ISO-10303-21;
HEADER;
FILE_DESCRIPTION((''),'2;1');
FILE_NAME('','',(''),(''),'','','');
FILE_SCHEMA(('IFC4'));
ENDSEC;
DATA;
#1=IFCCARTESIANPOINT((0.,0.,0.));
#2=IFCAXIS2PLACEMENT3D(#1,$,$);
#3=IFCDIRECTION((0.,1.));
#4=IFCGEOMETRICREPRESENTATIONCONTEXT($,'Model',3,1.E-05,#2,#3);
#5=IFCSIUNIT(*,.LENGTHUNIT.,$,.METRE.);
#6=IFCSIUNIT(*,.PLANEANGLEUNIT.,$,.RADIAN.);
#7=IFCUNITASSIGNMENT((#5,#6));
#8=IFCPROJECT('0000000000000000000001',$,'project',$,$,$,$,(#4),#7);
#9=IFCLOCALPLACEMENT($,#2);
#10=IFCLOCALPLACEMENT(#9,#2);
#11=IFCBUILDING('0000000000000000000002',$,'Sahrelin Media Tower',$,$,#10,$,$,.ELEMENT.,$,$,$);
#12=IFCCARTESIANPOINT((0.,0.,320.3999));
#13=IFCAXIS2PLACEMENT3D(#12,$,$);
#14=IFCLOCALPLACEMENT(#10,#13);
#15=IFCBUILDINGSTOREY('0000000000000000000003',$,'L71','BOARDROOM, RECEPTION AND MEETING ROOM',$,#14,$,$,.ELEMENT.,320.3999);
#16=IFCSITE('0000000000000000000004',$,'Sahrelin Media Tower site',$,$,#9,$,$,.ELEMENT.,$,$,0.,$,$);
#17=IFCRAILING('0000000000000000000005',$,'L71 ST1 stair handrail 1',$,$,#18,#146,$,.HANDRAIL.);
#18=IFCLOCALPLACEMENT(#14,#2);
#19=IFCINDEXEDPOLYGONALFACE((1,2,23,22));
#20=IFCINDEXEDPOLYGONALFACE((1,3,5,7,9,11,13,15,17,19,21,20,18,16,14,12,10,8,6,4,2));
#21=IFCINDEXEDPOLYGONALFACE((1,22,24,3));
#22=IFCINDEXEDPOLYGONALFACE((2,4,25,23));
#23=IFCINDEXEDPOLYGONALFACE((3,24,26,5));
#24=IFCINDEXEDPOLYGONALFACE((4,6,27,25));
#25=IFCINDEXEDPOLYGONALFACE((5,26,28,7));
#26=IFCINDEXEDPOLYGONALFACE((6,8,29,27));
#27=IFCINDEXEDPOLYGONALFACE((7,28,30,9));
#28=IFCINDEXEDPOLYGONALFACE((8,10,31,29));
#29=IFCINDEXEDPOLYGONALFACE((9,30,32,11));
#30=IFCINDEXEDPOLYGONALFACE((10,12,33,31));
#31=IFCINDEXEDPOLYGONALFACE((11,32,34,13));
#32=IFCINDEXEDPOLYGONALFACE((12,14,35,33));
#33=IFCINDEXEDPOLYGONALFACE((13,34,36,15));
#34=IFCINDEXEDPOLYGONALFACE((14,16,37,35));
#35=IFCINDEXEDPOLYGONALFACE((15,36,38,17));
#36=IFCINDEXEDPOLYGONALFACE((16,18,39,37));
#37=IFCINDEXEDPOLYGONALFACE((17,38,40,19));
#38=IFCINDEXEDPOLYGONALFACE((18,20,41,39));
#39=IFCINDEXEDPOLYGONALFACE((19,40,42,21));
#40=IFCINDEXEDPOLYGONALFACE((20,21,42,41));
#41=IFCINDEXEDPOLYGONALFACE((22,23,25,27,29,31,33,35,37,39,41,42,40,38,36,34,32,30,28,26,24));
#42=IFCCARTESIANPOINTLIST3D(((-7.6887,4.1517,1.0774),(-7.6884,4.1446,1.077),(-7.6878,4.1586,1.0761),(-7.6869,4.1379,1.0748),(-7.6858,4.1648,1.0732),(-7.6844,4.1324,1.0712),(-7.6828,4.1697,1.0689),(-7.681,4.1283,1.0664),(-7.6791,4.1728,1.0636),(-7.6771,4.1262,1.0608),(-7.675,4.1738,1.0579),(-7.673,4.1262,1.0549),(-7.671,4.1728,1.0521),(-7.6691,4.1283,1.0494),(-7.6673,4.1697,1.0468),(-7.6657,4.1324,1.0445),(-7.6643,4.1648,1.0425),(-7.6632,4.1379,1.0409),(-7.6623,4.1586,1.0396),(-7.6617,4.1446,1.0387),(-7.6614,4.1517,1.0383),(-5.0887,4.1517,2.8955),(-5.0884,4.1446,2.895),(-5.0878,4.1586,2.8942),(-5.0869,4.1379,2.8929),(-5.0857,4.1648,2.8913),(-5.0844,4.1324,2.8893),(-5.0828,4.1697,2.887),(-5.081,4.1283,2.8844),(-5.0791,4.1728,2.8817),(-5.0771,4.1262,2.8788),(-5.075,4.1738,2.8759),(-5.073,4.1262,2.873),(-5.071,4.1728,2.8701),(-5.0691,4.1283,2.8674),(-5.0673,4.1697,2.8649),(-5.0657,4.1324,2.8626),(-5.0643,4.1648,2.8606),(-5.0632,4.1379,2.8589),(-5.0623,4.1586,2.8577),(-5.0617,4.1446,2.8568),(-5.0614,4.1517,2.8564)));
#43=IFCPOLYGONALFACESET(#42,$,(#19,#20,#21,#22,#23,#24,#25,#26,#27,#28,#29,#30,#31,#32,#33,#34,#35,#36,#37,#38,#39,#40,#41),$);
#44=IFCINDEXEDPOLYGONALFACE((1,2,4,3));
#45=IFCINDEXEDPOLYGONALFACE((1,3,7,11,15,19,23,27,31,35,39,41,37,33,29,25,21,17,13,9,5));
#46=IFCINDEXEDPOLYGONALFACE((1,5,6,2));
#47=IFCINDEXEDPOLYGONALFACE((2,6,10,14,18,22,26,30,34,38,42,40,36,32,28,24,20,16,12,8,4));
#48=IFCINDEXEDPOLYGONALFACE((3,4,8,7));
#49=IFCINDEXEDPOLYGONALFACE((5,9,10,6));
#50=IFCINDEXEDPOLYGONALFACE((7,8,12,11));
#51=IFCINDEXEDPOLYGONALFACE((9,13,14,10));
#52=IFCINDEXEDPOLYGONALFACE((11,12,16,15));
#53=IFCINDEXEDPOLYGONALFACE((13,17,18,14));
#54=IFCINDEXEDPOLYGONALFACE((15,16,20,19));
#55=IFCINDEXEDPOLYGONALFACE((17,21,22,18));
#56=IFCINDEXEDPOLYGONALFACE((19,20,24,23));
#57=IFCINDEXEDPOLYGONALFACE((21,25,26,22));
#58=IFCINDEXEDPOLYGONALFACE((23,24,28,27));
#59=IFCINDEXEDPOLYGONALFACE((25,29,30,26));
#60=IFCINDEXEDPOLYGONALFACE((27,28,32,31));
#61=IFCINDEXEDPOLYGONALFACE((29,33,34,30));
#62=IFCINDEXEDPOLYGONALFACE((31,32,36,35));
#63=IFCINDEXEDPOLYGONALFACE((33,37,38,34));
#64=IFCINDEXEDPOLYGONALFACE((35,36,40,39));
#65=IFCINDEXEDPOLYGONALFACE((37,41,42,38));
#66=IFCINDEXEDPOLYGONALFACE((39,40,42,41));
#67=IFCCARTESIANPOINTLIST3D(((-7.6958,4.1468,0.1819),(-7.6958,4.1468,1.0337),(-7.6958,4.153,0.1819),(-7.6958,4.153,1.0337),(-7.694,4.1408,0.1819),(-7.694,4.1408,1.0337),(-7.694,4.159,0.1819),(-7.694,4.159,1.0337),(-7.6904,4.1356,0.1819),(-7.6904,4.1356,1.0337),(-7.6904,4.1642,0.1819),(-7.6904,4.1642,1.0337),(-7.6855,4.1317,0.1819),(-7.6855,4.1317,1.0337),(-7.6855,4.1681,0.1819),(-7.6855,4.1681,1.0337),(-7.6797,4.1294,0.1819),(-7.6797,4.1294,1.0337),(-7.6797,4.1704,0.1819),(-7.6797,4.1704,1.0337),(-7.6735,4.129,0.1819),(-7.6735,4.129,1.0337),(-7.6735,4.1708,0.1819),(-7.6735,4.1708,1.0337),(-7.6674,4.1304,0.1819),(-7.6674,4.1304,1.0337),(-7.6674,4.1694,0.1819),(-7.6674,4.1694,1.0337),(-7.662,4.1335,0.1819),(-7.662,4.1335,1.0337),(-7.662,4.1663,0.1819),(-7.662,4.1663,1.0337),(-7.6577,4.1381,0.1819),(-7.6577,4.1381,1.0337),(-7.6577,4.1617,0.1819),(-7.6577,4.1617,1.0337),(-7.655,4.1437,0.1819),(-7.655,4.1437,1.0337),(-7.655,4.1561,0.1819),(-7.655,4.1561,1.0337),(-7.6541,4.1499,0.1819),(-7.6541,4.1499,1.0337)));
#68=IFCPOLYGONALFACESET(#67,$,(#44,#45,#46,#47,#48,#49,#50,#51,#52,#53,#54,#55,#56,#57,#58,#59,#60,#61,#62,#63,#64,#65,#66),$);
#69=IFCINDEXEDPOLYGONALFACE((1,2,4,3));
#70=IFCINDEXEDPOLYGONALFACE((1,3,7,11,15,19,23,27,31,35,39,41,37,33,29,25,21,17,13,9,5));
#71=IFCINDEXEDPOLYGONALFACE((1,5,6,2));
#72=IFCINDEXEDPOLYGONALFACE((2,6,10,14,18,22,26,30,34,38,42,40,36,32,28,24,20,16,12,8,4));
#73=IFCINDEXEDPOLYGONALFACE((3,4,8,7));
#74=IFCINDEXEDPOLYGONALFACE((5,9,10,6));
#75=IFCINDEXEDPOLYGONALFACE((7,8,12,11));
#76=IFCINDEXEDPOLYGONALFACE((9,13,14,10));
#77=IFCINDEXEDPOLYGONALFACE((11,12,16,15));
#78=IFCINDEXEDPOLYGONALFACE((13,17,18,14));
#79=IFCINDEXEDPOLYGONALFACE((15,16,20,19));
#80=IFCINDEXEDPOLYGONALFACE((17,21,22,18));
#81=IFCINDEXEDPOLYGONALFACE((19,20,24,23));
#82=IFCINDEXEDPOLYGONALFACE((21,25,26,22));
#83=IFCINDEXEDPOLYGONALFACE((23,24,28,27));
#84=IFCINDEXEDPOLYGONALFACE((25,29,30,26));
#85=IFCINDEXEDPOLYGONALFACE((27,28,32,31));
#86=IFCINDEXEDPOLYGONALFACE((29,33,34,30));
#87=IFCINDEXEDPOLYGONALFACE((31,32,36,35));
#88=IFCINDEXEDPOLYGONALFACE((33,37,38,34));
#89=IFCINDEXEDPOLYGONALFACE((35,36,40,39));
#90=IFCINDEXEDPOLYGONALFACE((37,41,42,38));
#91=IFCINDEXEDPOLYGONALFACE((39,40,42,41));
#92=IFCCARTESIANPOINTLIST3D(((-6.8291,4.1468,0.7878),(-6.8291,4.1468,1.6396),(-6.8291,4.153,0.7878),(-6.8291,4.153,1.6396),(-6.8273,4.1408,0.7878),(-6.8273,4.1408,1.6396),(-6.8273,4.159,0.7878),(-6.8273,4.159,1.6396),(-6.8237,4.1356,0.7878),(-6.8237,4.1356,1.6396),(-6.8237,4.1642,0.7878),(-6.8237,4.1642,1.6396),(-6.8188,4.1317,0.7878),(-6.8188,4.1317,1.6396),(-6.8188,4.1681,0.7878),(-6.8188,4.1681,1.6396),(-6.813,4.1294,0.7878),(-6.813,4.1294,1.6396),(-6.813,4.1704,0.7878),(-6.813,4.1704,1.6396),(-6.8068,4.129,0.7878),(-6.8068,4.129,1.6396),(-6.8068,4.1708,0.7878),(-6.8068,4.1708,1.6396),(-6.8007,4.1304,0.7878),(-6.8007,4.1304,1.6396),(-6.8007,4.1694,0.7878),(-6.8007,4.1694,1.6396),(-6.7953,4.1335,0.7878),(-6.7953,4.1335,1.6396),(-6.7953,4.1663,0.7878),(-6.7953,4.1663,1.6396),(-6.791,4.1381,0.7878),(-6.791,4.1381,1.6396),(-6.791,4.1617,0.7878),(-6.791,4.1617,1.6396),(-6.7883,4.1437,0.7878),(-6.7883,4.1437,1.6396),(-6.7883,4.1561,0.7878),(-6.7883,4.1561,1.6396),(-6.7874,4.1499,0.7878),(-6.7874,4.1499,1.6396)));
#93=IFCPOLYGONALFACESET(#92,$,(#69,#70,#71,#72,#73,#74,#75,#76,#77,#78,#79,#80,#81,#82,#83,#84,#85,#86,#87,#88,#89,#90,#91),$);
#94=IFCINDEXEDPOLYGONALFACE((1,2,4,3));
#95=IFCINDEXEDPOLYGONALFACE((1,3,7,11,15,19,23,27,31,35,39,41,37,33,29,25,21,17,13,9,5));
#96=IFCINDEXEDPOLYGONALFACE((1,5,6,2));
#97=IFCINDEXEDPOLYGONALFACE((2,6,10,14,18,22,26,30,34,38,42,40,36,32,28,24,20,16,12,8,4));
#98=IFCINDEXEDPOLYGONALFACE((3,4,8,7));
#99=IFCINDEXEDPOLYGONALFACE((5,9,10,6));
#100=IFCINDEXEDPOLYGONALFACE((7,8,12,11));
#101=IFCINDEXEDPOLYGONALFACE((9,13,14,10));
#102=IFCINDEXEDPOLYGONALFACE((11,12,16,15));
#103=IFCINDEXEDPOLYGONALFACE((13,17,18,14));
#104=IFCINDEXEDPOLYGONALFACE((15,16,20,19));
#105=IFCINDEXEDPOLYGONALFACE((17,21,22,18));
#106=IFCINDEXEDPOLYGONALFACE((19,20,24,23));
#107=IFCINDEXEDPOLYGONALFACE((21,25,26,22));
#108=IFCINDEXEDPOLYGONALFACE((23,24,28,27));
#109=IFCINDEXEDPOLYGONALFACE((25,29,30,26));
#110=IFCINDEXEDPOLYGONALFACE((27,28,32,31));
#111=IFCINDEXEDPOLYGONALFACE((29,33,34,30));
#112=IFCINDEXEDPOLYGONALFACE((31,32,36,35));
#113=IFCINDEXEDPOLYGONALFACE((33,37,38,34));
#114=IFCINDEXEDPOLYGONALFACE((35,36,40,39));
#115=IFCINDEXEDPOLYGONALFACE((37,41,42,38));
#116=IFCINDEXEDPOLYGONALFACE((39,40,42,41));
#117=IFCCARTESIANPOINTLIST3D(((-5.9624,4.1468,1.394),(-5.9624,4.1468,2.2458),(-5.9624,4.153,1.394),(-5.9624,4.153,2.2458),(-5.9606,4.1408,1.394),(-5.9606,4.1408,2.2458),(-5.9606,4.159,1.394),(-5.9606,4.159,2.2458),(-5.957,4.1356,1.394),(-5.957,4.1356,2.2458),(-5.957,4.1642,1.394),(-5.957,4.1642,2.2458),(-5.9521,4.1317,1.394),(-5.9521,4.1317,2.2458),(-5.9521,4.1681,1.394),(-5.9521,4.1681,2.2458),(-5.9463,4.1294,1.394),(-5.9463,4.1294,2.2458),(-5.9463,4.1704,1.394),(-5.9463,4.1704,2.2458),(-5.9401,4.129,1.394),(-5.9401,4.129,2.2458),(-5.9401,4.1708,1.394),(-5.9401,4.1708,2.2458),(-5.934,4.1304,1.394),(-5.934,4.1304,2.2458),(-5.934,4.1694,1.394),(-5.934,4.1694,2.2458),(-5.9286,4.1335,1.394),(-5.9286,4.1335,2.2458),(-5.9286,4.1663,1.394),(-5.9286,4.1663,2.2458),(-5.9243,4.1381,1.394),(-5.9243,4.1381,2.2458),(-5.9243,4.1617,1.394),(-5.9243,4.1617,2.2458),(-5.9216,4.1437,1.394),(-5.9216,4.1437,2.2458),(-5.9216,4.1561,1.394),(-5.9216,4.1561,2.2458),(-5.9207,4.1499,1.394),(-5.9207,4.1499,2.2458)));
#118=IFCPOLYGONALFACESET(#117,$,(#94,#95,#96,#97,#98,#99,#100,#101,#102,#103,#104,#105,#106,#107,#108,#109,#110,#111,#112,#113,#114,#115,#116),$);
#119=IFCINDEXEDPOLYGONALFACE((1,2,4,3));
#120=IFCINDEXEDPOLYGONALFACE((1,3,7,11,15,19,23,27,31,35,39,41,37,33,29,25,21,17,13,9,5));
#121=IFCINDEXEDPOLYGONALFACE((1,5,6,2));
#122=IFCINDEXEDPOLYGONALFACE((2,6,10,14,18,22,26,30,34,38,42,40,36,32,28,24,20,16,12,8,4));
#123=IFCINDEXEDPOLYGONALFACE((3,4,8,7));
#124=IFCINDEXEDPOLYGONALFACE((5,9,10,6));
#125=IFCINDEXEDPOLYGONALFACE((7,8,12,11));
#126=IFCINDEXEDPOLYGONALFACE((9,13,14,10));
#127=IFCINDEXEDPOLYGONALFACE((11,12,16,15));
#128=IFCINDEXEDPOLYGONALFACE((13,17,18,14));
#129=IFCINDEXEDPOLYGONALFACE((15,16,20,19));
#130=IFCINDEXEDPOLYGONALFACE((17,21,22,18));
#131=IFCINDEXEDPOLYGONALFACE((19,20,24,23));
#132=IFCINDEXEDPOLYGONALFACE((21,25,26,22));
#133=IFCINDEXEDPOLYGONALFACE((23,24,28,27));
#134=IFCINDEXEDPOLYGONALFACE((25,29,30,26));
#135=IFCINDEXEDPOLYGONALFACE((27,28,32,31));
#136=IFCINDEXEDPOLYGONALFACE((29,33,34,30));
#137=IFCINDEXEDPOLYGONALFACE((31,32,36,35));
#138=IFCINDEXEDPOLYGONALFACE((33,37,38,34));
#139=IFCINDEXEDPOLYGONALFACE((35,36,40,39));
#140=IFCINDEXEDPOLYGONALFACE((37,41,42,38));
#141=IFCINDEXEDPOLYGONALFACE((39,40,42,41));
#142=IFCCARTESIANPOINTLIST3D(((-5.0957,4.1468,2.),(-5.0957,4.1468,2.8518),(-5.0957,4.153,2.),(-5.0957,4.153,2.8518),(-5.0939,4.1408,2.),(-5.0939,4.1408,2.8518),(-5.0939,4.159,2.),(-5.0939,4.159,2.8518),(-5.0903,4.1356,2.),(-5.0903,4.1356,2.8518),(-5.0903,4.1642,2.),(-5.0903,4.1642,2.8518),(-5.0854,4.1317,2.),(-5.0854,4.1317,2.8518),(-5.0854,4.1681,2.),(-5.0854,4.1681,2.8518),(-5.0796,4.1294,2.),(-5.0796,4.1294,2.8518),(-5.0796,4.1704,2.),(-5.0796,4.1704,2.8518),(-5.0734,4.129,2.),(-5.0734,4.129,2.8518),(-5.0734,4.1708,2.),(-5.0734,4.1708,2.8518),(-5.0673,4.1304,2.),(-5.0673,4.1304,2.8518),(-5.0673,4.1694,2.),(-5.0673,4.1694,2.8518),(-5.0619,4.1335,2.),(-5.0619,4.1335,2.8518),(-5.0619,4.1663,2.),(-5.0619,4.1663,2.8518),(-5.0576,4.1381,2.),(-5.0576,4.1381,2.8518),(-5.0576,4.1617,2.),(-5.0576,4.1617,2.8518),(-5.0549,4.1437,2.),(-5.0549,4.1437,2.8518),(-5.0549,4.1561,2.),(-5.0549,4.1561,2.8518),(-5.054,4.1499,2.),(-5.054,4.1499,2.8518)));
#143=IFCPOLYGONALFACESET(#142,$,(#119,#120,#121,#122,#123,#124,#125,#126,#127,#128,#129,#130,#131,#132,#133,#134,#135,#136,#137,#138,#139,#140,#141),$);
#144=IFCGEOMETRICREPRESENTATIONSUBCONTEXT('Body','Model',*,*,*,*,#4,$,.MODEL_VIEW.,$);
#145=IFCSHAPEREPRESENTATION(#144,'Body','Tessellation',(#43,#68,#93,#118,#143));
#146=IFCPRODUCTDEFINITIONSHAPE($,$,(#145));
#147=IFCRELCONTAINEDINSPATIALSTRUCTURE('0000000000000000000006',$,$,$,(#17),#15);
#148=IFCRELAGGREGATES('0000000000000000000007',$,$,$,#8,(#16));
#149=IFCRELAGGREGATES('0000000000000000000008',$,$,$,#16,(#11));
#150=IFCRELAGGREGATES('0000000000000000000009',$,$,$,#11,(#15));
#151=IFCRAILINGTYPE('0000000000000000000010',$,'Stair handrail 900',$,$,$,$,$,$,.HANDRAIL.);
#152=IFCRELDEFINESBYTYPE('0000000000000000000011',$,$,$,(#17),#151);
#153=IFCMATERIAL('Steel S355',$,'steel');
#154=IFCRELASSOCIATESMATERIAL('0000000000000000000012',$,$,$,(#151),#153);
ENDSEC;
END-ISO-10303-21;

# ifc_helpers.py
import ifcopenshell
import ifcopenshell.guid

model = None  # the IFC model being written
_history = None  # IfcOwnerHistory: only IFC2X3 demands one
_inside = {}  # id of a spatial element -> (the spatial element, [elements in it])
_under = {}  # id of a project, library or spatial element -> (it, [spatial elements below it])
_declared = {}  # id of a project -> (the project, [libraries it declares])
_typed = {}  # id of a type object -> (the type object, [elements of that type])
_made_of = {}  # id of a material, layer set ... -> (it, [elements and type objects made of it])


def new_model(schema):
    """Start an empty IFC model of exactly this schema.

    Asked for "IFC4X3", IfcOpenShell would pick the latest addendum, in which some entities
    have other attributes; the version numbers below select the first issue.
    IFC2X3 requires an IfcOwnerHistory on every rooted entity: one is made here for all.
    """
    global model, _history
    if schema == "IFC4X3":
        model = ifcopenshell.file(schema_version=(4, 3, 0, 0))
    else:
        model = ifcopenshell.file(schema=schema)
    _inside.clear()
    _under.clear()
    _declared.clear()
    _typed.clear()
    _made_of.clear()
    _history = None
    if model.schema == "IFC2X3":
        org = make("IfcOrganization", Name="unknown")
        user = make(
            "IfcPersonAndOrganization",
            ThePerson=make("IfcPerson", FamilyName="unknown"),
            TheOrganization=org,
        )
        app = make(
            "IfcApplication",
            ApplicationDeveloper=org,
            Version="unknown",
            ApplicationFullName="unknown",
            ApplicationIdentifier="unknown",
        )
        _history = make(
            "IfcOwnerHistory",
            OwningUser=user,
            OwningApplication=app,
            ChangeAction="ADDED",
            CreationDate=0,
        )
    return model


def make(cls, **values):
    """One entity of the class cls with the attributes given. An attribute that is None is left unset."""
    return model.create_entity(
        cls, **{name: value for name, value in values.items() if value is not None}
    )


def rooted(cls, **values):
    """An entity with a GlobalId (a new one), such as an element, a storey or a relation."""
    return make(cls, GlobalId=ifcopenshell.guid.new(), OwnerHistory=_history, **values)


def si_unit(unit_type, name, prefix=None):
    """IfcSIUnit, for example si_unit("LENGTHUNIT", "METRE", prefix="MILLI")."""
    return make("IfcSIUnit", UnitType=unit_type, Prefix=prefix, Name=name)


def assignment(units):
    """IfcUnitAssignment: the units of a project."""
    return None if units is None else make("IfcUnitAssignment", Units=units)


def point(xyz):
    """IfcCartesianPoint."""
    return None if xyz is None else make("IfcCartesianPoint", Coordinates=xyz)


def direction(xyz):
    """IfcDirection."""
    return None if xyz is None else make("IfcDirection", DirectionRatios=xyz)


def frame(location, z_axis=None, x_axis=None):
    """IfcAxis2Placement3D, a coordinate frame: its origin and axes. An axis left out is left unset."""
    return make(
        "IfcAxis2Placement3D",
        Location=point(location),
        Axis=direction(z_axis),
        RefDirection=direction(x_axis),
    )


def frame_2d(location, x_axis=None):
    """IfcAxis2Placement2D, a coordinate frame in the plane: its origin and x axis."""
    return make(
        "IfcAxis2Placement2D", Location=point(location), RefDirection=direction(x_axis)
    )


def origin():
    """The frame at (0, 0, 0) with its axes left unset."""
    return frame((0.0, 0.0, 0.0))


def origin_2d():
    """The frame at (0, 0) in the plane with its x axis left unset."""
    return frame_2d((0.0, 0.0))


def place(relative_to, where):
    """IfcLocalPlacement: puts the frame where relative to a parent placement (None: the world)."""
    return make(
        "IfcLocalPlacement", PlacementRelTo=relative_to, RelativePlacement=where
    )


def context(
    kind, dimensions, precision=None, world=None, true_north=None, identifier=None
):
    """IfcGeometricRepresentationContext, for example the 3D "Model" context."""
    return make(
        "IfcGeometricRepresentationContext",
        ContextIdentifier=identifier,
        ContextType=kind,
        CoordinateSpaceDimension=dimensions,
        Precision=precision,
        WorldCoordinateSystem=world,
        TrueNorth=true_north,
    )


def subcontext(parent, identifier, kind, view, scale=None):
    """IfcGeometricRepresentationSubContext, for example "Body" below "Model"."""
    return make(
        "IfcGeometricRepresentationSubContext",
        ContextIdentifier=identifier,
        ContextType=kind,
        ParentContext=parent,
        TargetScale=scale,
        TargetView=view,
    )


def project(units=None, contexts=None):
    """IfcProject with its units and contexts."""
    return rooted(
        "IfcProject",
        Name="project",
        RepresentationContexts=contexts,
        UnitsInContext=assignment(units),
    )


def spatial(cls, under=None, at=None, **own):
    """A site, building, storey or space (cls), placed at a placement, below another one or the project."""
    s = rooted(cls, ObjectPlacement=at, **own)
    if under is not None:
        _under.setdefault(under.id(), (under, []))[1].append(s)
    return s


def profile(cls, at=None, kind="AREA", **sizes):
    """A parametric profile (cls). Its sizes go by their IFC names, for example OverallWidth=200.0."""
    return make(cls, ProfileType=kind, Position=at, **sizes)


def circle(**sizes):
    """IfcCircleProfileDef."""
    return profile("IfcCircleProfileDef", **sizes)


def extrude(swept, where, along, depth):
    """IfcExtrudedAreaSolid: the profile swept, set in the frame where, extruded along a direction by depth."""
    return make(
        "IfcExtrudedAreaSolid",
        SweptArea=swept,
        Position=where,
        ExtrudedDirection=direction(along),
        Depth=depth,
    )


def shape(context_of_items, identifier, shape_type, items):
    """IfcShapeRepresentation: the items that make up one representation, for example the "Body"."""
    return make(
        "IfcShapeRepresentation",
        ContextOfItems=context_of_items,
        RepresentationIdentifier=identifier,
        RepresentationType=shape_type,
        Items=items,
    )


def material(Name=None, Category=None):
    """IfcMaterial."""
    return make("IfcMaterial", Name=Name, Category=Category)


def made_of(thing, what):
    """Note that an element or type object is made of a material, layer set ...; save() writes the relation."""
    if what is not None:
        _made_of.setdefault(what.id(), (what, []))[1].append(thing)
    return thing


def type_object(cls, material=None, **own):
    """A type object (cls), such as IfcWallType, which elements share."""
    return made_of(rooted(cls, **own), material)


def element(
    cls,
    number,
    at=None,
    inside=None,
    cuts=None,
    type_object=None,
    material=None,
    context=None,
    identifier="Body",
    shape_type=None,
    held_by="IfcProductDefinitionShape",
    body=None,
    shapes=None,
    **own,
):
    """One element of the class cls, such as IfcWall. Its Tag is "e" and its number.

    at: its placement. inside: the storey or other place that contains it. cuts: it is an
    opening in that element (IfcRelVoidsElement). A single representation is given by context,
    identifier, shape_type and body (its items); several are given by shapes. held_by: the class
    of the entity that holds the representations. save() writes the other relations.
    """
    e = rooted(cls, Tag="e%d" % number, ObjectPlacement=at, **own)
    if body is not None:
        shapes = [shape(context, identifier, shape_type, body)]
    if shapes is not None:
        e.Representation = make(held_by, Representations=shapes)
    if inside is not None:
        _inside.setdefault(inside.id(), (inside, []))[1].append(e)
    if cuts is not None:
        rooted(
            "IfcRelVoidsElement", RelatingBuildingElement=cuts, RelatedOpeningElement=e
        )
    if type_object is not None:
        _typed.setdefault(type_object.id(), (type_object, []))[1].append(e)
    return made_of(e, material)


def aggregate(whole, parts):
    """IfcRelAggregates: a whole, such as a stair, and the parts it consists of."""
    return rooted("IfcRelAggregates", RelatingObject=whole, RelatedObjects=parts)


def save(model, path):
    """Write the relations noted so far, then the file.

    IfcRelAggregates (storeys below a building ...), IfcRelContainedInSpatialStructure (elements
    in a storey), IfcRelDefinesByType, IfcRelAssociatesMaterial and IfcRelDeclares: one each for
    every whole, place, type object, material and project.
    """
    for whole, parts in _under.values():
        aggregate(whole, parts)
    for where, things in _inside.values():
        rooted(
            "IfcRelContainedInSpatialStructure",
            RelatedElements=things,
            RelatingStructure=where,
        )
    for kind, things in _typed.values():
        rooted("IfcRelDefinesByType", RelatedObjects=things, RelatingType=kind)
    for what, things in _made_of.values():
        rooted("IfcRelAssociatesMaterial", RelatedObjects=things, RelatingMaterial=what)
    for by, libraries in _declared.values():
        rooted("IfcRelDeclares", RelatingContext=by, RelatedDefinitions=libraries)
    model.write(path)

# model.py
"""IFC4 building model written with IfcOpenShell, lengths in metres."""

from ifc_helpers import new_model, si_unit, direction, frame, origin, origin_2d, place, context, subcontext, project, spatial, circle, extrude, material, type_object, element, save


model = new_model("IFC4")

# Units and contexts
model_context = context("Model", 3, precision=1e-05, world=origin(), true_north=direction((0.0, 1.0)))
body_context = subcontext(model_context, "Body", "Model", "MODEL_VIEW")
ifc_project = project(units=[si_unit("LENGTHUNIT", "METRE"), si_unit("PLANEANGLEUNIT", "RADIAN")], contexts=[model_context])

# Site, building, storey
site_placement = place(None, origin())
site = spatial("IfcSite", under=ifc_project, at=site_placement, Name="Sahrelin Media Tower site", CompositionType="ELEMENT", RefElevation=0.0)
building_placement = place(site_placement, origin())
building = spatial("IfcBuilding", under=site, at=building_placement, Name="Sahrelin Media Tower", CompositionType="ELEMENT")
storey_placement = place(building_placement, frame((0.0, 0.0, 320.3999)))
storey = spatial("IfcBuildingStorey", under=building, at=storey_placement, Name="L71", Description="BOARDROOM, RECEPTION AND MEETING ROOM", CompositionType="ELEMENT", Elevation=320.3999)

# Shared definitions
ifc_material_1 = material(Name="Steel S355", Category="steel")

# Railing
railing_type_1 = type_object("IfcRailingType", Name="Stair handrail 900", PredefinedType="HANDRAIL", material=ifc_material_1)
railing_1_placement = place(storey_placement, frame((-7.675, 4.1499, 0.1819)))
element("IfcRailing", 1, at=railing_1_placement, inside=storey, type_object=railing_type_1, Name="L71 ST1 stair handrail 1", PredefinedType="HANDRAIL", context=body_context, shape_type="SweptSolid", body=[
    extrude(circle(Radius=0.0239, at=origin_2d()), frame((0.0, 0.0, 0.876), z_axis=(0.819521, 0.0, 0.573049), x_axis=(0.0, 1.0, 0.0)), (0.0, 0.0, 1.0), 3.1726),
    extrude(circle(Radius=0.021, at=origin_2d()), origin(), (0.0, 0.0, 1.0), 0.8518),
    extrude(circle(Radius=0.021, at=origin_2d()), frame((0.8667, 0.0, 0.606)), (0.0, 0.0, 1.0), 0.8518),
    extrude(circle(Radius=0.021, at=origin_2d()), frame((1.7334, 0.0, 1.2122)), (0.0, 0.0, 1.0), 0.8518),
    extrude(circle(Radius=0.021, at=origin_2d()), frame((2.6001, 0.0, 1.8181)), (0.0, 0.0, 1.0), 0.8518),
])

save(model, "model.ifc")
